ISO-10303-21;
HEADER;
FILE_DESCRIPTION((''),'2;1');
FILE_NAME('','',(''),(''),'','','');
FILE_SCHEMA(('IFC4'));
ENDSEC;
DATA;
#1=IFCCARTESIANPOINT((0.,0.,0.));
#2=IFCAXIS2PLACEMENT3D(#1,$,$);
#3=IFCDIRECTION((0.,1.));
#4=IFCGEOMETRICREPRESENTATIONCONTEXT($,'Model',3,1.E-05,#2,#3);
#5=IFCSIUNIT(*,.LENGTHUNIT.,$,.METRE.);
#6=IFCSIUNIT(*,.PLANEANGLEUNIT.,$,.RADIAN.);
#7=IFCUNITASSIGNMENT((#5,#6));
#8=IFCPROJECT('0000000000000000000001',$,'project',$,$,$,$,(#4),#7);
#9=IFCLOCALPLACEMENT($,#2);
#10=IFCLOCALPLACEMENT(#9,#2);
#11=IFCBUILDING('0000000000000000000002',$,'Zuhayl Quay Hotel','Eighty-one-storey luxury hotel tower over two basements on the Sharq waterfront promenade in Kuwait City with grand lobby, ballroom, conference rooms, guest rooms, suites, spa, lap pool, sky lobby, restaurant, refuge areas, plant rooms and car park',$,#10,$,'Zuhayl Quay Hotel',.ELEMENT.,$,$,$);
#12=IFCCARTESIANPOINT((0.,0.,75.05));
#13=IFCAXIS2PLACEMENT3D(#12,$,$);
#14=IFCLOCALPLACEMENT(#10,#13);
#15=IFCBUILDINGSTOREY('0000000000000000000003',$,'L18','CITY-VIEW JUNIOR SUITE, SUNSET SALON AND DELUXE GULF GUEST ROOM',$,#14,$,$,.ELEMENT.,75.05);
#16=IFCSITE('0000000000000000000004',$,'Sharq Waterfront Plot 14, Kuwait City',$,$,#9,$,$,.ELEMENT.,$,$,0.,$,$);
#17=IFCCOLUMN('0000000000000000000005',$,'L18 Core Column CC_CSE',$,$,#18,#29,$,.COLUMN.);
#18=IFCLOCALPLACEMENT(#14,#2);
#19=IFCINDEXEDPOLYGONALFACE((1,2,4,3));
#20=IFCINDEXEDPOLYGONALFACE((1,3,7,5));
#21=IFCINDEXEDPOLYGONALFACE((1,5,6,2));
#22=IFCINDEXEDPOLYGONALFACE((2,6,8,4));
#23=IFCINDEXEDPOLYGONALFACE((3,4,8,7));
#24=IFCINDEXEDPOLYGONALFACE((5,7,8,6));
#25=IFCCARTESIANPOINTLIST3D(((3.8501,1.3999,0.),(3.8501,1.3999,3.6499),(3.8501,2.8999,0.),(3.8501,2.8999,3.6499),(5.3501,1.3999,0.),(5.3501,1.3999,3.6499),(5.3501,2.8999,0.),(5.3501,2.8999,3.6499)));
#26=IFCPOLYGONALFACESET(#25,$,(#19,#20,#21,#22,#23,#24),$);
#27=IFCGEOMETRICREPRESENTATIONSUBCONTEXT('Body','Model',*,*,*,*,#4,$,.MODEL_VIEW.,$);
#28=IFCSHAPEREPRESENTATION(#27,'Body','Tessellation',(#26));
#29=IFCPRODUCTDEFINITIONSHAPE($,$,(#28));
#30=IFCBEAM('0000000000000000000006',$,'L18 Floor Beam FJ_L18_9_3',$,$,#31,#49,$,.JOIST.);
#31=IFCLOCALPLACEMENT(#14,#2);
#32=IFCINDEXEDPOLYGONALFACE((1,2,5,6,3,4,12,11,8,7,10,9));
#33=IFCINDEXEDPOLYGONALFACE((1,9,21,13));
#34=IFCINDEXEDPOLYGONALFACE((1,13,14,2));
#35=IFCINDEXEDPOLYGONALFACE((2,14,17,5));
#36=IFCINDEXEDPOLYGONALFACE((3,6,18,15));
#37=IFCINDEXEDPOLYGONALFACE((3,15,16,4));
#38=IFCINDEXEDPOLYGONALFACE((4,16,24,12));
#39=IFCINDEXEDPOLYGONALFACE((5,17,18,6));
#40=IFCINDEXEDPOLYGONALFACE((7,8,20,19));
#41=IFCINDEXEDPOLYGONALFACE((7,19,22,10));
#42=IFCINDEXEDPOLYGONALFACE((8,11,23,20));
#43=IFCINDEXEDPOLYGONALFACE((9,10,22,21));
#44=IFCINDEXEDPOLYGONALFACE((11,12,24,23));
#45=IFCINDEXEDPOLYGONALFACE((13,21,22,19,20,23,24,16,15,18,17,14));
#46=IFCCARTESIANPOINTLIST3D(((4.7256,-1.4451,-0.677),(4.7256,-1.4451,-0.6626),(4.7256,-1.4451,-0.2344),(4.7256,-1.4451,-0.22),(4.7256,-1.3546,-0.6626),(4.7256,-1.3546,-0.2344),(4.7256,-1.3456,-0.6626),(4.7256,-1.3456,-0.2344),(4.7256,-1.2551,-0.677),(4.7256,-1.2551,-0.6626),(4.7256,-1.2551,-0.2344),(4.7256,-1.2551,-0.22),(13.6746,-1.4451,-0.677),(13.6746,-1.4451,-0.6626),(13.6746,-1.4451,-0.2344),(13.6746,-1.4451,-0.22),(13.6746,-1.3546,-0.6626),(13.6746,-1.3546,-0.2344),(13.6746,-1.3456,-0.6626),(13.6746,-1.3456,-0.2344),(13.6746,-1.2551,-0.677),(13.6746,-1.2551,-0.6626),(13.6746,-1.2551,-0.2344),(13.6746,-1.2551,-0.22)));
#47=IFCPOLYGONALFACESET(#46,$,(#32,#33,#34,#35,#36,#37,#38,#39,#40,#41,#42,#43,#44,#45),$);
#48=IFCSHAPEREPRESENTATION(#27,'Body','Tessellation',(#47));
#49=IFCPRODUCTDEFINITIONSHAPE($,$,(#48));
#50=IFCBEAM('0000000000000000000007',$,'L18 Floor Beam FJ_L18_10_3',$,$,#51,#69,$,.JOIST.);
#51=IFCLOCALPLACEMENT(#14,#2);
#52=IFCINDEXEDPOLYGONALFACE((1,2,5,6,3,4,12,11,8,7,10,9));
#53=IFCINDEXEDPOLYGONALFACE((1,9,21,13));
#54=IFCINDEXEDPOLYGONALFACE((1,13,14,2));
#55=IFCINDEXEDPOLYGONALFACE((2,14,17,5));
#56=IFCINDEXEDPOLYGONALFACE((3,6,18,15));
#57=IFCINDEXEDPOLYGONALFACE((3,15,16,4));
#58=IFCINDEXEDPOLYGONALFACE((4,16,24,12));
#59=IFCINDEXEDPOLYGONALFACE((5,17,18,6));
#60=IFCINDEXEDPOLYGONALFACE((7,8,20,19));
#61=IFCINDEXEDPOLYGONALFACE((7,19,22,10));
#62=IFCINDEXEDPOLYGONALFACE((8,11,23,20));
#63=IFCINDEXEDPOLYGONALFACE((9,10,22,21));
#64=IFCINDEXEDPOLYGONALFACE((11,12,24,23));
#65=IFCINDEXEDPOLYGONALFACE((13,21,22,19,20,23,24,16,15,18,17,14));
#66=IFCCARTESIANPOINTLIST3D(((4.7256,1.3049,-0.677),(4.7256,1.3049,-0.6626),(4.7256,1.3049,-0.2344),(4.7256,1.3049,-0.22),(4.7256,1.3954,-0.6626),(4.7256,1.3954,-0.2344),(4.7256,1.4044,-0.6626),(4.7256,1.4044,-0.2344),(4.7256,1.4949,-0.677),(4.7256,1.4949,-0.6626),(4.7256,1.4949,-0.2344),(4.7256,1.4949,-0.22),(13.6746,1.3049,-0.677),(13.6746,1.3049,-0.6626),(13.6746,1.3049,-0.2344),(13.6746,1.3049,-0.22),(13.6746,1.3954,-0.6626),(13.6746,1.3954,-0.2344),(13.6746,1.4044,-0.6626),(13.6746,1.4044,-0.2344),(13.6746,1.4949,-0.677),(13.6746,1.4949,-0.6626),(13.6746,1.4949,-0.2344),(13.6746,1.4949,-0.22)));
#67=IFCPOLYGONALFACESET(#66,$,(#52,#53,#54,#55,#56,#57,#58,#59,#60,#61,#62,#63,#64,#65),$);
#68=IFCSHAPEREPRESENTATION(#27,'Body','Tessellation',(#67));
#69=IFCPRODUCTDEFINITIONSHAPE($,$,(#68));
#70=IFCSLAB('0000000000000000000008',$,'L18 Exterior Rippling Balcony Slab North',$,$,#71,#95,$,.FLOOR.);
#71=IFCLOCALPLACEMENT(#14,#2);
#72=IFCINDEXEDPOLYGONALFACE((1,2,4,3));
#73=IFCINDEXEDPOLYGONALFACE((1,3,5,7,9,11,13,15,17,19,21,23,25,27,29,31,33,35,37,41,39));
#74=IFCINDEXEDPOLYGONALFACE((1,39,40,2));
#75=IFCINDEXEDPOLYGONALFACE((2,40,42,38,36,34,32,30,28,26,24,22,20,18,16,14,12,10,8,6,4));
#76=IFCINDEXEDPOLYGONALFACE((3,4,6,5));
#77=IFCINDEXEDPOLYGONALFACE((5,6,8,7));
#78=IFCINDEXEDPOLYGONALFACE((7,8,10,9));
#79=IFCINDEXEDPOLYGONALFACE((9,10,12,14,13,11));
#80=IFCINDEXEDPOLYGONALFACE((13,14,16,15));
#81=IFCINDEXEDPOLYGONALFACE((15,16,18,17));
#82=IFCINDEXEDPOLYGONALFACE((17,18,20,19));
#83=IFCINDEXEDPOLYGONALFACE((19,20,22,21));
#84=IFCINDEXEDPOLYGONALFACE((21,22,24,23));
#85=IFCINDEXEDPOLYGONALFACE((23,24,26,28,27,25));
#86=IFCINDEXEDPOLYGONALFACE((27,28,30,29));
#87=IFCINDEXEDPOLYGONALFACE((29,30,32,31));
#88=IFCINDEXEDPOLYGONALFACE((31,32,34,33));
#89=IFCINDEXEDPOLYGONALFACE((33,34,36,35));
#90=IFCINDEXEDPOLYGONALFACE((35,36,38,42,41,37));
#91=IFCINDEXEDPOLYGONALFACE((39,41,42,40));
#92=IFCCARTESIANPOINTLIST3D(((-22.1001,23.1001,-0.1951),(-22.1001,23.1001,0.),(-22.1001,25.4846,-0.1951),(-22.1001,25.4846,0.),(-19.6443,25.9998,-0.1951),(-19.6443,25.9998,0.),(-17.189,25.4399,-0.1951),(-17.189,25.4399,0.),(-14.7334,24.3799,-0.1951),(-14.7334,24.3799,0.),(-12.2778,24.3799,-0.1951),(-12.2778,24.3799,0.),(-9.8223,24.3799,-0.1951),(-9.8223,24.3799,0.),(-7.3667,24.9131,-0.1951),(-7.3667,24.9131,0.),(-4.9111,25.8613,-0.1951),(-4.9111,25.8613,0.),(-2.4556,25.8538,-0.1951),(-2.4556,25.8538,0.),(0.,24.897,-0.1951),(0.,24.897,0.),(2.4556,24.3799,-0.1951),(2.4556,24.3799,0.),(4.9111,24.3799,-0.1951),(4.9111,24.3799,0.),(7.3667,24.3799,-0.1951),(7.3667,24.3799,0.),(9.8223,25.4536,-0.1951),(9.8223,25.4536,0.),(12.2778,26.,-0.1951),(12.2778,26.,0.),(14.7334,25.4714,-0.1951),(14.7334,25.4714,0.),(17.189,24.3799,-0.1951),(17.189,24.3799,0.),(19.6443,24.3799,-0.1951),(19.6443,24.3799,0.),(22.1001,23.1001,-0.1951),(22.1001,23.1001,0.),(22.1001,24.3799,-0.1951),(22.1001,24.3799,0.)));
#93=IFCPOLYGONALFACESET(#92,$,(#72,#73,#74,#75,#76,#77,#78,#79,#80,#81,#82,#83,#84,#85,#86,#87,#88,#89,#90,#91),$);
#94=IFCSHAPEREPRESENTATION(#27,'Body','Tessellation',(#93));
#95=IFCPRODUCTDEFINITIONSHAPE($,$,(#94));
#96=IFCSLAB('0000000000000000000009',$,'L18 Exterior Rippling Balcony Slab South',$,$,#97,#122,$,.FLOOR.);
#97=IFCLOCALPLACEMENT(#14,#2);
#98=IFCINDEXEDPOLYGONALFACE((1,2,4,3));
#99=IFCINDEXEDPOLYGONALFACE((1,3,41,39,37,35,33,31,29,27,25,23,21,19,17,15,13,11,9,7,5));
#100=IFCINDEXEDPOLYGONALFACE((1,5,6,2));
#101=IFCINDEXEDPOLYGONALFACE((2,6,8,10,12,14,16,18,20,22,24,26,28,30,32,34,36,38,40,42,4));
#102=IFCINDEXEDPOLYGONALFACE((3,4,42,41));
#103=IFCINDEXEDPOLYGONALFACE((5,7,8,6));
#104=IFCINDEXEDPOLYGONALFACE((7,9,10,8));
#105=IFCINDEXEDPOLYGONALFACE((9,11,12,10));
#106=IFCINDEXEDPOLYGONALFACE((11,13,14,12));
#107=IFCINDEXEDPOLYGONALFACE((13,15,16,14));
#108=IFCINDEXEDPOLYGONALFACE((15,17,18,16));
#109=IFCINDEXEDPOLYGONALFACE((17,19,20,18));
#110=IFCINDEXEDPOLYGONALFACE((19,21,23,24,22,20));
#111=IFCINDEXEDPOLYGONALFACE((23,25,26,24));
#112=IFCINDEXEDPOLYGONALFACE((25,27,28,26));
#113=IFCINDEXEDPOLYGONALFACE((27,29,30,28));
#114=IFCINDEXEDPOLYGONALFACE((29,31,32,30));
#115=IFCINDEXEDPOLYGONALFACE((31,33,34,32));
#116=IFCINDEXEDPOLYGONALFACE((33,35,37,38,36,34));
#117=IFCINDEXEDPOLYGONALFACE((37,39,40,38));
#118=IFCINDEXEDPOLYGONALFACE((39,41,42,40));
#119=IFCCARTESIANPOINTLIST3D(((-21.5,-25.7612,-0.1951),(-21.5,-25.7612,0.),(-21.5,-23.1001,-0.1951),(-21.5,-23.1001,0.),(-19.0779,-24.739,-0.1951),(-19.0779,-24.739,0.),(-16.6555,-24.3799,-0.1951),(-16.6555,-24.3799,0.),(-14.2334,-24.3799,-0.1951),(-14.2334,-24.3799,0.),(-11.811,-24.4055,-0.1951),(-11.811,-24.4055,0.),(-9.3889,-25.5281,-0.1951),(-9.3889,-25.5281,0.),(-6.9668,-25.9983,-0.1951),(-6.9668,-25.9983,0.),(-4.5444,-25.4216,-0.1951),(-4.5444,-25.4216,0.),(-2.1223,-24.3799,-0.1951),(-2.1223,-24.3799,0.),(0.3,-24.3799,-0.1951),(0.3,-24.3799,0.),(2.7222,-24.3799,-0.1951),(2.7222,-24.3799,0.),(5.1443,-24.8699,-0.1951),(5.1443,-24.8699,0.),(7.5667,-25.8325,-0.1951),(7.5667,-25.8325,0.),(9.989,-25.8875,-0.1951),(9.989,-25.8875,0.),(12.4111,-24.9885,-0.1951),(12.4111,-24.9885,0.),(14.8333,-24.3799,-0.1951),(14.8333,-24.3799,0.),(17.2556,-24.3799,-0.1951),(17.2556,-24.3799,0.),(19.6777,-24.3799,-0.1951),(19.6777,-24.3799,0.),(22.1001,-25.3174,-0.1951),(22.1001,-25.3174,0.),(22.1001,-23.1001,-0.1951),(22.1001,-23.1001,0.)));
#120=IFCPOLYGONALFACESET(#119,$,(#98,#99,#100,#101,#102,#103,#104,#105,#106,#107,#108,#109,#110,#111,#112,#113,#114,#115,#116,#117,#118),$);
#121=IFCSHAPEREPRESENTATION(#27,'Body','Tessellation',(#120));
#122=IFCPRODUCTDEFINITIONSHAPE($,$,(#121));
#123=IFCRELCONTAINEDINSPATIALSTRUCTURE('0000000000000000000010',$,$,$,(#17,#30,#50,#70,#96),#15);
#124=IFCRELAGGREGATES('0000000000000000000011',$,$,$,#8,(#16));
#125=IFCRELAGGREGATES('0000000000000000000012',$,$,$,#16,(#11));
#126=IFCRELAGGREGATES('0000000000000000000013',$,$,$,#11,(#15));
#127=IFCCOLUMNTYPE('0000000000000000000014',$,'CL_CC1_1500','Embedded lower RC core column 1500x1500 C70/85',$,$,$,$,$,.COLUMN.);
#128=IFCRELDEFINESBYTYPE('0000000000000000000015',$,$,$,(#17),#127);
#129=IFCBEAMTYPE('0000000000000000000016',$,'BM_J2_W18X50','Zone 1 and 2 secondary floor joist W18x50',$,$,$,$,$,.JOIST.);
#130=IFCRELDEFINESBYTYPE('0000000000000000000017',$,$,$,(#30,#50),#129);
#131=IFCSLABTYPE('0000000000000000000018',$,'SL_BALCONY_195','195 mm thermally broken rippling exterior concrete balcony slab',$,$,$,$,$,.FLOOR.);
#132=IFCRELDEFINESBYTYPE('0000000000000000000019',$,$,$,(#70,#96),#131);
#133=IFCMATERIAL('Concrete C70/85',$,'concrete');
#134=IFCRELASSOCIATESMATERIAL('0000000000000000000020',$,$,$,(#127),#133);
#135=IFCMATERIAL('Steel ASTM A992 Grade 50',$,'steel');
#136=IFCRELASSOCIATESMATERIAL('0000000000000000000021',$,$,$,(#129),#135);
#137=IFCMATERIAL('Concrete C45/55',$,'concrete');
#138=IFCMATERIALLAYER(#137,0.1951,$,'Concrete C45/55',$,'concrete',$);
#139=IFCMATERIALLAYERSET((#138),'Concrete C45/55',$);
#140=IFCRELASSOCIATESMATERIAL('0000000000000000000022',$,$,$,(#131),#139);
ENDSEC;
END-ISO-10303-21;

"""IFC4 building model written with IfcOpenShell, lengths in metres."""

from ifc_helpers import new_model, si_unit, direction, frame, origin, origin_2d, place, context, subcontext, project, spatial, polyline, rectangle, i_section, outline, extrude, material, layer, layer_set, material_profile, profile_set, type_object, element, save


model = new_model("IFC4")

# Units and contexts
model_context = context("Model", 3, precision=1e-05, world=origin(), true_north=direction((0.0, 1.0)))
body_context = subcontext(model_context, "Body", "Model", "MODEL_VIEW")
ifc_project = project(units=[si_unit("LENGTHUNIT", "METRE"), si_unit("PLANEANGLEUNIT", "RADIAN")], contexts=[model_context])

# Site, building, storey
site_placement = place(None, origin())
site = spatial("IfcSite", under=ifc_project, at=site_placement, Name="Sharq Waterfront Plot 14, Kuwait City", CompositionType="ELEMENT", RefElevation=0.0)
building_placement = place(site_placement, origin())
building = spatial("IfcBuilding", under=site, at=building_placement, Name="Zuhayl Quay Hotel", Description="Eighty-one-storey luxury hotel tower over two basements on the Sharq waterfront promenade in Kuwait City with grand lobby, ballroom, conference rooms, guest rooms, suites, spa, lap pool, sky lobby, restaurant, refuge areas, plant rooms and car park", LongName="Zuhayl Quay Hotel", CompositionType="ELEMENT")
storey_placement = place(building_placement, frame((0.0, 0.0, 75.05)))
storey = spatial("IfcBuildingStorey", under=building, at=storey_placement, Name="L18", Description="CITY-VIEW JUNIOR SUITE, SUNSET SALON AND DELUXE GULF GUEST ROOM", CompositionType="ELEMENT", Elevation=75.05)

# Column
ifc_material_1 = material(Name="Concrete C70/85", Category="concrete")
ifc_material_profile_1 = material_profile(ifc_material_1, rectangle(XDim=1.5, YDim=1.5, at=origin_2d()), Name="RC1500X1500")
ifc_profile_set_1 = profile_set([ifc_material_profile_1], Name="Concrete C70/85")
column_type = type_object("IfcColumnType", Name="CL_CC1_1500", Description="Embedded lower RC core column 1500x1500 C70/85", PredefinedType="COLUMN", material=ifc_profile_set_1)
column_placement = place(storey_placement, frame((4.6001, 2.1499, 0.0), z_axis=(0.0, 0.0, 1.0), x_axis=(1.0, 0.0, 0.0)))
element("IfcColumn", 1, at=column_placement, inside=storey, type_object=column_type, Name="L18 Core Column CC_CSE", PredefinedType="COLUMN", context=body_context, shape_type="SweptSolid", body=[
    extrude(rectangle(XDim=1.5, YDim=1.5, at=origin_2d()), origin(), (0.0, 0.0, 1.0), 3.6499),
])

# Beams
ifc_material_2 = material(Name="Steel ASTM A992 Grade 50", Category="steel")
ifc_material_profile_2 = material_profile(ifc_material_2, i_section(OverallWidth=0.1899, OverallDepth=0.457, WebThickness=0.009, FlangeThickness=0.0144, at=origin_2d()), Name="W18X50")
ifc_profile_set_2 = profile_set([ifc_material_profile_2], Name="Steel ASTM A992 Grade 50")
beam_type = type_object("IfcBeamType", Name="BM_J2_W18X50", Description="Zone 1 and 2 secondary floor joist W18x50", PredefinedType="JOIST", material=ifc_profile_set_2)
for number, where, z_axis, x_axis, name in (
    (2, (4.7256, -1.3501, -0.4485), (1.0, 0.0, 0.0), (0.0, 1.0, 0.0), "L18 Floor Beam FJ_L18_9_3"),
    (3, (4.7256, 1.3999, -0.4485), (1.0, 0.0, 0.0), (0.0, 1.0, 0.0), "L18 Floor Beam FJ_L18_10_3"),
):
    element("IfcBeam", number, at=place(storey_placement, frame(where, z_axis=z_axis, x_axis=x_axis)), inside=storey, type_object=beam_type, Name=name, PredefinedType="JOIST", context=body_context, shape_type="SweptSolid", body=[
        extrude(i_section(OverallWidth=0.1899, OverallDepth=0.457, WebThickness=0.009, FlangeThickness=0.0144, at=origin_2d()), origin(), (0.0, 0.0, 1.0), 8.949),
    ])

# Slabs
ifc_material_3 = material(Name="Concrete C45/55", Category="concrete")
ifc_layer_1 = layer(ifc_material_3, 0.1951, Name="Concrete C45/55", Category="concrete")
ifc_layer_set_1 = layer_set([ifc_layer_1], Name="Concrete C45/55")
slab_type_1 = type_object("IfcSlabType", Name="SL_BALCONY_195", Description="195 mm thermally broken rippling exterior concrete balcony slab", PredefinedType="FLOOR", material=ifc_layer_set_1)
slab_1_placement = place(storey_placement, frame((0.0, 0.0, -0.1951)))
element("IfcSlab", 4, at=slab_1_placement, inside=storey, type_object=slab_type_1, Name="L18 Exterior Rippling Balcony Slab North", PredefinedType="FLOOR", context=body_context, shape_type="SweptSolid", body=[
    extrude(outline(polyline([(-22.1001, 23.1001), (22.1001, 23.1001), (22.1001, 24.3799), (19.6443, 24.3799), (17.189, 24.3799), (14.7334, 25.4714), (12.2778, 26.0), (9.8223, 25.4536), (7.3667, 24.3799), (4.9111, 24.3799), (2.4556, 24.3799), (0.0, 24.897), (-2.4556, 25.8538), (-4.9111, 25.8613), (-7.3667, 24.9131), (-9.8223, 24.3799), (-12.2778, 24.3799), (-14.7334, 24.3799), (-17.189, 25.4399), (-19.6443, 25.9998), (-22.1001, 25.4846), (-22.1001, 23.1001)])), origin(), (0.0, 0.0, 1.0), 0.1951),
])
slab_2_placement = place(storey_placement, frame((0.0, 0.0, -0.1951)))
element("IfcSlab", 5, at=slab_2_placement, inside=storey, type_object=slab_type_1, Name="L18 Exterior Rippling Balcony Slab South", PredefinedType="FLOOR", context=body_context, shape_type="SweptSolid", body=[
    extrude(outline(polyline([(-21.5, -25.7612), (-19.0779, -24.739), (-16.6555, -24.3799), (-14.2334, -24.3799), (-11.811, -24.4055), (-9.3889, -25.5281), (-6.9668, -25.9983), (-4.5444, -25.4216), (-2.1223, -24.3799), (0.3, -24.3799), (2.7222, -24.3799), (5.1443, -24.8699), (7.5667, -25.8325), (9.989, -25.8875), (12.4111, -24.9885), (14.8333, -24.3799), (17.2556, -24.3799), (19.6777, -24.3799), (22.1001, -25.3174), (22.1001, -23.1001), (-21.5, -23.1001), (-21.5, -25.7612)])), origin(), (0.0, 0.0, 1.0), 0.1951),
])

save(model, "model.ifc")
